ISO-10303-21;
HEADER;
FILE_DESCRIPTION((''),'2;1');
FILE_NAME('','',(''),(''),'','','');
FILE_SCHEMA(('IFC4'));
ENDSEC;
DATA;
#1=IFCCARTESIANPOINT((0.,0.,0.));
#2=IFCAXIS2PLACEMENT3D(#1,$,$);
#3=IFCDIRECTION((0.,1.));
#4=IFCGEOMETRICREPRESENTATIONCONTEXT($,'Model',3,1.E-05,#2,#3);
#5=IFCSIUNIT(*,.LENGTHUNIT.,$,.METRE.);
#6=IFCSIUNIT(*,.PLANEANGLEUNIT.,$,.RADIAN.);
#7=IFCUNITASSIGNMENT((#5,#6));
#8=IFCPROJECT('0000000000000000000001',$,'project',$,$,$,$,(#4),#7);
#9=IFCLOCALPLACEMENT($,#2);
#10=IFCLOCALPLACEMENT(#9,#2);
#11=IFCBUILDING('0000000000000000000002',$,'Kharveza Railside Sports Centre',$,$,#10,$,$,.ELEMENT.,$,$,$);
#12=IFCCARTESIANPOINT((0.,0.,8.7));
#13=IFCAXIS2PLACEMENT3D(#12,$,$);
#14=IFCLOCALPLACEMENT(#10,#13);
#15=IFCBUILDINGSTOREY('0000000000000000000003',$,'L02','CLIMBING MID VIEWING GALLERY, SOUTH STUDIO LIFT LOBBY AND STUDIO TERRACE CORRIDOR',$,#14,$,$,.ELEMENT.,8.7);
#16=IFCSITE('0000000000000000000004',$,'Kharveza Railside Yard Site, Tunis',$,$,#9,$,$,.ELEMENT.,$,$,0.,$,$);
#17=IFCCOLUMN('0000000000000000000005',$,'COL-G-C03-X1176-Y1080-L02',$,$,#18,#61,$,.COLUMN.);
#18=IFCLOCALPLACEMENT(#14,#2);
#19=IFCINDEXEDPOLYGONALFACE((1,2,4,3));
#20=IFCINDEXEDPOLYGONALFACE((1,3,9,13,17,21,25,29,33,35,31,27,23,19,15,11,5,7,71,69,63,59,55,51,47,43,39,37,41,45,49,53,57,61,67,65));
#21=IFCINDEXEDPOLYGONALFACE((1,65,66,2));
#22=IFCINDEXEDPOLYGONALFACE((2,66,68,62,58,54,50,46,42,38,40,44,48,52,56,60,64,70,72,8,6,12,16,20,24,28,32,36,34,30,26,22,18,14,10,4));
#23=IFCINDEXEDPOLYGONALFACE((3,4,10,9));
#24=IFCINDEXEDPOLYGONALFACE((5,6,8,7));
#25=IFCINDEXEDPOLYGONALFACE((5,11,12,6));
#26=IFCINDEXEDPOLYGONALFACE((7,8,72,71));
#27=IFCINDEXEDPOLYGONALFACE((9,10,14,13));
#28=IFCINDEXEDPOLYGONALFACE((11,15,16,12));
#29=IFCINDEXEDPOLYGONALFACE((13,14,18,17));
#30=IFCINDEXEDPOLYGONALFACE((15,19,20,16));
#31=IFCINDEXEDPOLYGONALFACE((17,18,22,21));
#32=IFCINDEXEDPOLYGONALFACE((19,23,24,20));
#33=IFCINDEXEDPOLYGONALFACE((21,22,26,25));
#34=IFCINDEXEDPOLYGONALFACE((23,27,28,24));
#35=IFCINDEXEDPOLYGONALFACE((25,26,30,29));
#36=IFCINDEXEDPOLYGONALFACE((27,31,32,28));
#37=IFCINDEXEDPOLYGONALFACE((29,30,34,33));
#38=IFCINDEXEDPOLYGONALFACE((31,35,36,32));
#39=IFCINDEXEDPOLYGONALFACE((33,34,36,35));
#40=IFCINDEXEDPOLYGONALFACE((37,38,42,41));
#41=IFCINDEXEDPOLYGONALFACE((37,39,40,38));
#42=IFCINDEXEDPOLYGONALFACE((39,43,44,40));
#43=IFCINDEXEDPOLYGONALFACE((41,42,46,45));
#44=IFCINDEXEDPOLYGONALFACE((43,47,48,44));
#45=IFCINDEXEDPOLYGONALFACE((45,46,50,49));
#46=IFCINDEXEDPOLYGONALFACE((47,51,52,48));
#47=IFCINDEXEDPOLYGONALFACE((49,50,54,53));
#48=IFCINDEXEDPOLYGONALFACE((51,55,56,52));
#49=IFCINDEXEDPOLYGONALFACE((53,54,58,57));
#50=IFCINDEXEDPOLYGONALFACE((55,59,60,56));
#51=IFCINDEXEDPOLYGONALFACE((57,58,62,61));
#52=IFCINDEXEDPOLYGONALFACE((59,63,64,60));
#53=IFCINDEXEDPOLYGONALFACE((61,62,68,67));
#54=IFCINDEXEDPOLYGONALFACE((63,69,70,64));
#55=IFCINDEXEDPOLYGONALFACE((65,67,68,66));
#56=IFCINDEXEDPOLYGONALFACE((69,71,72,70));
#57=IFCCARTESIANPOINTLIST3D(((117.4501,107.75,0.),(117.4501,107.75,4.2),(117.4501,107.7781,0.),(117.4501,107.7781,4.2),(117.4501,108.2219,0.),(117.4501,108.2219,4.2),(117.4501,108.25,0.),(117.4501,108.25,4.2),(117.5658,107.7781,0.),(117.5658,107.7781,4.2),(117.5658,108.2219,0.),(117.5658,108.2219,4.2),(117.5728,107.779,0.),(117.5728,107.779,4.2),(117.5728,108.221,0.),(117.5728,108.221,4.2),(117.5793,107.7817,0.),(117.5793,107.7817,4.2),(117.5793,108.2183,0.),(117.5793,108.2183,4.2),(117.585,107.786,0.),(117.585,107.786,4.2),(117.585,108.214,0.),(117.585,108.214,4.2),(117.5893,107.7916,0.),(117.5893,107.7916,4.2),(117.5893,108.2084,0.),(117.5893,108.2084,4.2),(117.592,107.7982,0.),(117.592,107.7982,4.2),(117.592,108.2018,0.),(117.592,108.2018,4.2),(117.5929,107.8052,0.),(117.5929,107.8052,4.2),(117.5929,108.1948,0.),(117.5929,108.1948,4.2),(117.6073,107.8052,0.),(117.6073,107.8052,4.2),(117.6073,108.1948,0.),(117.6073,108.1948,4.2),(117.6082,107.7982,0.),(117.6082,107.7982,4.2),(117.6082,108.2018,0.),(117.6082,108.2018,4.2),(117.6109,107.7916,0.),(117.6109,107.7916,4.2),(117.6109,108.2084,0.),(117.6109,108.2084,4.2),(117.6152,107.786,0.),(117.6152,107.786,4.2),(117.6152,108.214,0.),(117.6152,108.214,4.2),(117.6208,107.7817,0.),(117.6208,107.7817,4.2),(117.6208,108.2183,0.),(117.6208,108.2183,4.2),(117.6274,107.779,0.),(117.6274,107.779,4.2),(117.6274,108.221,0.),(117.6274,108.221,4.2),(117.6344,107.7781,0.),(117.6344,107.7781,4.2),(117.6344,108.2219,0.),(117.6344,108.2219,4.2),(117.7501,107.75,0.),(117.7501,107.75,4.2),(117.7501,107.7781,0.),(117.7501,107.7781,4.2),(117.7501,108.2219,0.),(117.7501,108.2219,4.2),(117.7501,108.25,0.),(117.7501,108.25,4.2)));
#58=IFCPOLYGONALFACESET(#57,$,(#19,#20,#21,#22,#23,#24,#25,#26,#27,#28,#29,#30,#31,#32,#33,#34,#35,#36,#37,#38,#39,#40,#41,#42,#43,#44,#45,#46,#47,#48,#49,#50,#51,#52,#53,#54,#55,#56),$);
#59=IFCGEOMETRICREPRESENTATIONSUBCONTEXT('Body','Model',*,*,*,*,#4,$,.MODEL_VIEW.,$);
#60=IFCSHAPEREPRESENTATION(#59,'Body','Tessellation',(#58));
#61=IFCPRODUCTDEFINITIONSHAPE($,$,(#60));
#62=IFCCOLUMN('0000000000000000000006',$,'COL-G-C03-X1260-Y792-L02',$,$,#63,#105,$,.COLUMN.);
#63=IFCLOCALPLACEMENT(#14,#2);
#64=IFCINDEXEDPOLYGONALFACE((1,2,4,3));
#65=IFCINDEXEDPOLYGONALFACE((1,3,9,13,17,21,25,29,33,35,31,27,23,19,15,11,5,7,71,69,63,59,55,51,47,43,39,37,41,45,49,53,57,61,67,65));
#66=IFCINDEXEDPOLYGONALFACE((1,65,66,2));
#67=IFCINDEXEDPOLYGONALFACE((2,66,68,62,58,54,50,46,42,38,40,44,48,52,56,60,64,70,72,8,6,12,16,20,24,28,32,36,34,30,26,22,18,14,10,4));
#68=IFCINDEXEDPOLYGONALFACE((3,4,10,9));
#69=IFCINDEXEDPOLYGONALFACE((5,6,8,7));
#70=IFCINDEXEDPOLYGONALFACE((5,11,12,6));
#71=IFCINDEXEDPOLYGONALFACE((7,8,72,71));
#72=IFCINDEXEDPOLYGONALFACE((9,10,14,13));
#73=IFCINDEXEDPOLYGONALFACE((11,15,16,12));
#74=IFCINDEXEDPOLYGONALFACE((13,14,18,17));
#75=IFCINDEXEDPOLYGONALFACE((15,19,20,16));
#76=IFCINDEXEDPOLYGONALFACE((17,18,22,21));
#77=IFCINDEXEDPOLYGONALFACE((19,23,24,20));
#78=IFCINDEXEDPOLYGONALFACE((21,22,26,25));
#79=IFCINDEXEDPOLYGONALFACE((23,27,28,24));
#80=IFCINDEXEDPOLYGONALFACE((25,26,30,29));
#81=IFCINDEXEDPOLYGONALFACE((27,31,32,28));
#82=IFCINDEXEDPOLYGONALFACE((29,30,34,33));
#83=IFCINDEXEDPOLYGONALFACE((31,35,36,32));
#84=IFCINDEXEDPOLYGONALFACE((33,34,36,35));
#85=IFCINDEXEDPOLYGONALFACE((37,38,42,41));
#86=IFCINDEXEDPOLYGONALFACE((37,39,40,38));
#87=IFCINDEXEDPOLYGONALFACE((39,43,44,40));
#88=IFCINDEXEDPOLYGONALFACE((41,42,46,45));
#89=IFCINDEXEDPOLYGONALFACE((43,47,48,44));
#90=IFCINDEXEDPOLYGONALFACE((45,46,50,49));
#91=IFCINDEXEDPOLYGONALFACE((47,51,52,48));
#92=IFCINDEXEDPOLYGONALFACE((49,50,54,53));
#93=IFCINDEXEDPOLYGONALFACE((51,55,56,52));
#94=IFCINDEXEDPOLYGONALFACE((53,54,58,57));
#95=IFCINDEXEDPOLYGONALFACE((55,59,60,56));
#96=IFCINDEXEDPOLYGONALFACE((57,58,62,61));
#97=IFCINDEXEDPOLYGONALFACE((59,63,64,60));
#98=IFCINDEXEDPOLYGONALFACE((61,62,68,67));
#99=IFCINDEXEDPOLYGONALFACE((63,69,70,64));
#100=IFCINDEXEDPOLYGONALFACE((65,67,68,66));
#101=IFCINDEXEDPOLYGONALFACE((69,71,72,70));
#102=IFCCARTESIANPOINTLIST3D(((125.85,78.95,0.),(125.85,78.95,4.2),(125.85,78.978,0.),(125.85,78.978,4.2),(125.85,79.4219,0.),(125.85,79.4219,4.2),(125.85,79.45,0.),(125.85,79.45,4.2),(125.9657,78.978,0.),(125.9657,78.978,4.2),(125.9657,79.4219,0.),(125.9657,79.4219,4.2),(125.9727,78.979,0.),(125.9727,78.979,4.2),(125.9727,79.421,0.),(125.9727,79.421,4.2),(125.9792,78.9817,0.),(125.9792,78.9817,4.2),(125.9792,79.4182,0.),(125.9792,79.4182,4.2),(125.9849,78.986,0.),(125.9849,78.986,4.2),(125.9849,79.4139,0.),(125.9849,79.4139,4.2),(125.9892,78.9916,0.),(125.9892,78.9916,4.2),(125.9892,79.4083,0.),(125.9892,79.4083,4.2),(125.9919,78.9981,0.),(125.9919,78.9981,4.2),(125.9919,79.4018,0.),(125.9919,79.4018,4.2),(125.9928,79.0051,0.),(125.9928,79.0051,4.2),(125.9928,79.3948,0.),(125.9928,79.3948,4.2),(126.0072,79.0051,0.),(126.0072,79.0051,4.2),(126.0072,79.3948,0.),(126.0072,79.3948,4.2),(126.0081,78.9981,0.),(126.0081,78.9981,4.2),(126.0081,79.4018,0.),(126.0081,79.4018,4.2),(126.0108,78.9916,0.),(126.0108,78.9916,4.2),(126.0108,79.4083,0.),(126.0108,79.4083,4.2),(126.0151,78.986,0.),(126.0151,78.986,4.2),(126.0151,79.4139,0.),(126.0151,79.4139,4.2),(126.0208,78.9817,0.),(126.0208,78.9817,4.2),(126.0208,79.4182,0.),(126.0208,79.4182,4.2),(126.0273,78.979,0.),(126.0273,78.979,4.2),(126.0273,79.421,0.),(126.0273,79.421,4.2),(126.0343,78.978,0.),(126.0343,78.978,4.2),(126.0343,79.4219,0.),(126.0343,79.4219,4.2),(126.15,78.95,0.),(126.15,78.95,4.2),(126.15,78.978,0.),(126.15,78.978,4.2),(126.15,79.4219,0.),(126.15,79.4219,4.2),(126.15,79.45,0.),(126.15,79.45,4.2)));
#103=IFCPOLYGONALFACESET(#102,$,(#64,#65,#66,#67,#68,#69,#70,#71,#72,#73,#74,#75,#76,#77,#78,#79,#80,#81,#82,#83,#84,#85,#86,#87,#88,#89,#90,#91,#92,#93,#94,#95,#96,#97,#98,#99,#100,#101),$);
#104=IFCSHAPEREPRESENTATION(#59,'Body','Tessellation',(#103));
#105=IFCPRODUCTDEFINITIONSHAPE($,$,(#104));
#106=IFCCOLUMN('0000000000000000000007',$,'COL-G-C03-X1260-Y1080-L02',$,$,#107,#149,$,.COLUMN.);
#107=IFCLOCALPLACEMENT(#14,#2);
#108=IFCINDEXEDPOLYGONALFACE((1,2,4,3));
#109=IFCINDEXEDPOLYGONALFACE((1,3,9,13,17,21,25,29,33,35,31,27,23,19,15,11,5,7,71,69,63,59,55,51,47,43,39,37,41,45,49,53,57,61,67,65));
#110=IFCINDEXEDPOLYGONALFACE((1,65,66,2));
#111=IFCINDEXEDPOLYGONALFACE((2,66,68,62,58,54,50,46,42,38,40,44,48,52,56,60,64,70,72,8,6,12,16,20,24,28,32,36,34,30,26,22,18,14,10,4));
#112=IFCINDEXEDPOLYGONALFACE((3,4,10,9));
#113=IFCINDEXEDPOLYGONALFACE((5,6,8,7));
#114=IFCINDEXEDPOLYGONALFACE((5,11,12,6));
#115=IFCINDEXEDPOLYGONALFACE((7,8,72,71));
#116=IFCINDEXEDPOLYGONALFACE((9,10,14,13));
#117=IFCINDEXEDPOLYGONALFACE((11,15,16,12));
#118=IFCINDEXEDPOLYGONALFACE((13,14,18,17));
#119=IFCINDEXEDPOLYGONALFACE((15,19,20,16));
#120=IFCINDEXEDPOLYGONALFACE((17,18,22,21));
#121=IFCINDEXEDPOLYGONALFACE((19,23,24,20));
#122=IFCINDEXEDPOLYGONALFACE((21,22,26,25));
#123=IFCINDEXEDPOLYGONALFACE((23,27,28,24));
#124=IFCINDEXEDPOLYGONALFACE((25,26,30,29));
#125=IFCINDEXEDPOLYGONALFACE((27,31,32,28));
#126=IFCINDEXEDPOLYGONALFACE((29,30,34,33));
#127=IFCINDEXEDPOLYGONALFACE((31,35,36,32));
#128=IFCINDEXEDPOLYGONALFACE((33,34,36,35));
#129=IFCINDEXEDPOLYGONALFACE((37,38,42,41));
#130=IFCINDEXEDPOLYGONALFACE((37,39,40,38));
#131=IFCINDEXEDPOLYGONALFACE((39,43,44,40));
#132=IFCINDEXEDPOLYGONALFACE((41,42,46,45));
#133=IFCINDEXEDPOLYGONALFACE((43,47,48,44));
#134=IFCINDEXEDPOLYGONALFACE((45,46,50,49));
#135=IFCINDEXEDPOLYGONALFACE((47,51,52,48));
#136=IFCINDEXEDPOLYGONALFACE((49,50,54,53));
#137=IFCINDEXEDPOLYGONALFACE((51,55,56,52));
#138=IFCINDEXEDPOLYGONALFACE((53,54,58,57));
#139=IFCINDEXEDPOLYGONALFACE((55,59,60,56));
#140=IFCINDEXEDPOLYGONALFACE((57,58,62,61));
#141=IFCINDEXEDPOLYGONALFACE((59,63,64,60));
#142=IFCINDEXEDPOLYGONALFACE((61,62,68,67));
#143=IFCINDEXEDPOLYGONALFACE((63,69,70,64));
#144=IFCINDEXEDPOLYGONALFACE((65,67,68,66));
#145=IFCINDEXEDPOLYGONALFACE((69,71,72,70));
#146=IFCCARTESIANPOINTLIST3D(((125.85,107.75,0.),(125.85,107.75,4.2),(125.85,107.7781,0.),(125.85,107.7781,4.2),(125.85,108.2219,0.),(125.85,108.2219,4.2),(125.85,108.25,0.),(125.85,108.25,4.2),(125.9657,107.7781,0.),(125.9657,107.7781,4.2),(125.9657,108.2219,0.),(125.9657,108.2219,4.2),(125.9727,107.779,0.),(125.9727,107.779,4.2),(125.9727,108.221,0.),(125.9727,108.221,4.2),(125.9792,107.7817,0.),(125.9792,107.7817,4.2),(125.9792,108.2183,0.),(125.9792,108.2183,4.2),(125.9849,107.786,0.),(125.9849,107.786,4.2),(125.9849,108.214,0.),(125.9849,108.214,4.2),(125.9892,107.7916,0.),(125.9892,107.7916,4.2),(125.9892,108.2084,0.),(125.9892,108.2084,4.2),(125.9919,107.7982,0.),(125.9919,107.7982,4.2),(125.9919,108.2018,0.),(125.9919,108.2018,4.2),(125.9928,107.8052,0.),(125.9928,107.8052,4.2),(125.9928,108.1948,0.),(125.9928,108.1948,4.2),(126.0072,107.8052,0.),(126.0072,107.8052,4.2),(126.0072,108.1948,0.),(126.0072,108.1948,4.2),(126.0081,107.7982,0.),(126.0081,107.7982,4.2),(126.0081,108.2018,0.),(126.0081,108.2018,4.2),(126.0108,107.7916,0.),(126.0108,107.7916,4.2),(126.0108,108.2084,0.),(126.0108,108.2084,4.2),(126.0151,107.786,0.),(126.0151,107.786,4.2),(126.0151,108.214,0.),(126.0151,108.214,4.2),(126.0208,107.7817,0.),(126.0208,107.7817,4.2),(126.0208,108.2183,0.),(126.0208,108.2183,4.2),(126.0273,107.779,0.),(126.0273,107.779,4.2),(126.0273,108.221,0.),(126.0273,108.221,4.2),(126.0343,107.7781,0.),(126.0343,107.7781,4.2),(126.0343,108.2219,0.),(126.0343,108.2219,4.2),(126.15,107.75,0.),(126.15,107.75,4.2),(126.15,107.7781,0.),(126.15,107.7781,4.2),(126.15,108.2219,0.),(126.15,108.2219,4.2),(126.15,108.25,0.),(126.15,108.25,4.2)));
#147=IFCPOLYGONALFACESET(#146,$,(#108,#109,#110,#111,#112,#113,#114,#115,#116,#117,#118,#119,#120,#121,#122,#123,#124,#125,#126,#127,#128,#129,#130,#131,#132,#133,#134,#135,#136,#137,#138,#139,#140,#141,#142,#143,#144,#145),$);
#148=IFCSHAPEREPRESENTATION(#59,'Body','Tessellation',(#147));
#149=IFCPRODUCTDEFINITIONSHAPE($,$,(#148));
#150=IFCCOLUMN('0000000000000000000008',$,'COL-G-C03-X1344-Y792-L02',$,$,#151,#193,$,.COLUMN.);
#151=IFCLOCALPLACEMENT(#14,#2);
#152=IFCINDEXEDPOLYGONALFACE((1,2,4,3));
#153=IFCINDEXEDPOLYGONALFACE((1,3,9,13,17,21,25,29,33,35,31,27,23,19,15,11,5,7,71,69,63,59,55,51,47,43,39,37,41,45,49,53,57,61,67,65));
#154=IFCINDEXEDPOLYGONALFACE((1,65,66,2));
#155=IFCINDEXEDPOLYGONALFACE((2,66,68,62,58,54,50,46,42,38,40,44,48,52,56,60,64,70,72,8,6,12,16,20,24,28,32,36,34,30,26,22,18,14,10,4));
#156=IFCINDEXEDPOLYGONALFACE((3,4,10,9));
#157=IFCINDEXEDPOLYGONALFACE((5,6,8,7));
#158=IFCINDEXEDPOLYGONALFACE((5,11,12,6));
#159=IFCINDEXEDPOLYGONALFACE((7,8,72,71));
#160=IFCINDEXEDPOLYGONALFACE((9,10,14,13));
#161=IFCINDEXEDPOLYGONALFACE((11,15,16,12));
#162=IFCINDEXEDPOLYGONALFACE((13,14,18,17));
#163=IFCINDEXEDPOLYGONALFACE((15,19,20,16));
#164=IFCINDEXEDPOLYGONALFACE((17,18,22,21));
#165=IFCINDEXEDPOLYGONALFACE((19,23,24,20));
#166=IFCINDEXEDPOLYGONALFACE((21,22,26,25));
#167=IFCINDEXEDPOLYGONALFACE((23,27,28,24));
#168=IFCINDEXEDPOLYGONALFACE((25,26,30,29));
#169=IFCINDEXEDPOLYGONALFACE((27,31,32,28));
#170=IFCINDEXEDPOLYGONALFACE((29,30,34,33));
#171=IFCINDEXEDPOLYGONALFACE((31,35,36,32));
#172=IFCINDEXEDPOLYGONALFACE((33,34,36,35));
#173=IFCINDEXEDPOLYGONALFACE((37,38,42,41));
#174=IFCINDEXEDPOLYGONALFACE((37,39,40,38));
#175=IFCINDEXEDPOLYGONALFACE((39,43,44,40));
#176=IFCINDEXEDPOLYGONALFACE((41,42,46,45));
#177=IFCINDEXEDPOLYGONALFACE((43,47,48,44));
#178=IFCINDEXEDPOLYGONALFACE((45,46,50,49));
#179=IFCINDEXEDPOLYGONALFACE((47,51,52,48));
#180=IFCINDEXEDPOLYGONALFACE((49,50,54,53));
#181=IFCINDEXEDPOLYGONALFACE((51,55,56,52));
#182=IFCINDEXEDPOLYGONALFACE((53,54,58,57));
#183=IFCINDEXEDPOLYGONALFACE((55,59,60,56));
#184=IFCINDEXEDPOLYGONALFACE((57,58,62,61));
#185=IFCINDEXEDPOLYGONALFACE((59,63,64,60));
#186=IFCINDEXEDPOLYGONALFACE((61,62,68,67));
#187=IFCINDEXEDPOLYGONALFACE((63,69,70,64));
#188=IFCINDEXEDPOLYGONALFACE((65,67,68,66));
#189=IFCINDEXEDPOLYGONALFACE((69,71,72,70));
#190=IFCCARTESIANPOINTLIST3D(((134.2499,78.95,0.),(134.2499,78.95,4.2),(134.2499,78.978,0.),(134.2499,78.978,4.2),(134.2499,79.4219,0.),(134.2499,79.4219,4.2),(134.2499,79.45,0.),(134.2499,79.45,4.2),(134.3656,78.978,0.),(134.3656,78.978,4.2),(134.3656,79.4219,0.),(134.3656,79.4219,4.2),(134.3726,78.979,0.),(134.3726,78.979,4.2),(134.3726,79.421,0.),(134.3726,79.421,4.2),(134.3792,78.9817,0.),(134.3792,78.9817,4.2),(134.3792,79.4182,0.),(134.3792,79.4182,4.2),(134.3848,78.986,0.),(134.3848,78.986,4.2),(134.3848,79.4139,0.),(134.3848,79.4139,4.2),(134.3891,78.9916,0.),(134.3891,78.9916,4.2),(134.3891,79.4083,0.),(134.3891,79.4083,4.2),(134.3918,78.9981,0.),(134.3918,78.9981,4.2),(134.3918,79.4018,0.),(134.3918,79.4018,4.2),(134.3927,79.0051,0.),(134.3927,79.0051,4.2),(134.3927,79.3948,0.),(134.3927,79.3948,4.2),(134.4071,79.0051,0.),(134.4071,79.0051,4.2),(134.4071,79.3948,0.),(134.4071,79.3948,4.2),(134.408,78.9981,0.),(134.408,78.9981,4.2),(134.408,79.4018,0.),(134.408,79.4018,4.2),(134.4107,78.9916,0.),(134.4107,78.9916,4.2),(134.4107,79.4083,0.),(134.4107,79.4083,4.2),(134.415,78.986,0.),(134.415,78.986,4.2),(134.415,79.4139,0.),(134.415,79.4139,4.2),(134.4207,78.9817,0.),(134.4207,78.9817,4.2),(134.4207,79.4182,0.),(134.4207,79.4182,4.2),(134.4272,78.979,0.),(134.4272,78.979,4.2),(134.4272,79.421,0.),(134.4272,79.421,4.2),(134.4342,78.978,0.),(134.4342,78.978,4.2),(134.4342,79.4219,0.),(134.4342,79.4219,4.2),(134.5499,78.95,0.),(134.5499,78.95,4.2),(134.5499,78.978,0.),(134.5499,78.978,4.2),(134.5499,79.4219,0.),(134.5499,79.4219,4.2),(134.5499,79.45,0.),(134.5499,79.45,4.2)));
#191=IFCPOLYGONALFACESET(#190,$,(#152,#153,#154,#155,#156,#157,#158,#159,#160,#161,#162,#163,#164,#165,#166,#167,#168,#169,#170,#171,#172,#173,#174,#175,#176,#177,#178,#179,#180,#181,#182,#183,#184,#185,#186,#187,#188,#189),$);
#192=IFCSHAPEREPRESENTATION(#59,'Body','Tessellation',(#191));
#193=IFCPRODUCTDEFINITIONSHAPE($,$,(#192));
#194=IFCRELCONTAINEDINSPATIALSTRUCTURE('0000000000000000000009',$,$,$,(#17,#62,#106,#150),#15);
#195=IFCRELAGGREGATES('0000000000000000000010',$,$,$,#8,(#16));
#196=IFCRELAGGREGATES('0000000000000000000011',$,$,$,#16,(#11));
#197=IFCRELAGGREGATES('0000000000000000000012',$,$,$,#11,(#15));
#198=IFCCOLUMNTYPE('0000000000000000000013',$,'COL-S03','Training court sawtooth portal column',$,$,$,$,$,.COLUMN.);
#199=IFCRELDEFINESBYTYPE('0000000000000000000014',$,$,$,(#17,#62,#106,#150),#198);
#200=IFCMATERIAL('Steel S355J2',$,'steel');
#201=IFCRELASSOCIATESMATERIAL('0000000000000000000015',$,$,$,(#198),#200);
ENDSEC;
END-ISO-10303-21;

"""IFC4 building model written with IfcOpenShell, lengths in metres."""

from ifc_helpers import new_model, si_unit, direction, frame, origin, origin_2d, place, context, subcontext, project, spatial, i_section, extrude, material, material_profile, profile_set, type_object, element, save


model = new_model("IFC4")

# Units and contexts
model_context = context("Model", 3, precision=1e-05, world=origin(), true_north=direction((0.0, 1.0)))
body_context = subcontext(model_context, "Body", "Model", "MODEL_VIEW")
ifc_project = project(units=[si_unit("LENGTHUNIT", "METRE"), si_unit("PLANEANGLEUNIT", "RADIAN")], contexts=[model_context])

# Site, building, storey
site_placement = place(None, origin())
site = spatial("IfcSite", under=ifc_project, at=site_placement, Name="Kharveza Railside Yard Site, Tunis", CompositionType="ELEMENT", RefElevation=0.0)
building_placement = place(site_placement, origin())
building = spatial("IfcBuilding", under=site, at=building_placement, Name="Kharveza Railside Sports Centre", CompositionType="ELEMENT")
storey_placement = place(building_placement, frame((0.0, 0.0, 8.7)))
storey = spatial("IfcBuildingStorey", under=building, at=storey_placement, Name="L02", Description="CLIMBING MID VIEWING GALLERY, SOUTH STUDIO LIFT LOBBY AND STUDIO TERRACE CORRIDOR", CompositionType="ELEMENT", Elevation=8.7)

# Columns
ifc_material_1 = material(Name="Steel S355J2", Category="steel")
ifc_material_profile_1 = material_profile(ifc_material_1, i_section(OverallWidth=0.3, OverallDepth=0.5, WebThickness=0.0144, FlangeThickness=0.0281, FilletRadius=0.0271, at=origin_2d()), Name="HEB 500")
ifc_profile_set_1 = profile_set([ifc_material_profile_1], Name="Steel S355J2")
column_type_1 = type_object("IfcColumnType", Name="COL-S03", Description="Training court sawtooth portal column", PredefinedType="COLUMN", material=ifc_profile_set_1)
for number, where, z_axis, x_axis, name in (
    (1, (117.6001, 108.0, 0.0), (0.0, 0.0, 1.0), (1.0, 0.0, 0.0), "COL-G-C03-X1176-Y1080-L02"),
    (2, (126.0, 79.2, 0.0), (0.0, 0.0, 1.0), (1.0, 0.0, 0.0), "COL-G-C03-X1260-Y792-L02"),
    (3, (126.0, 108.0, 0.0), (0.0, 0.0, 1.0), (1.0, 0.0, 0.0), "COL-G-C03-X1260-Y1080-L02"),
    (4, (134.3999, 79.2, 0.0), (0.0, 0.0, 1.0), (1.0, 0.0, 0.0), "COL-G-C03-X1344-Y792-L02"),
):
    element("IfcColumn", number, at=place(storey_placement, frame(where, z_axis=z_axis, x_axis=x_axis)), inside=storey, type_object=column_type_1, Name=name, PredefinedType="COLUMN", context=body_context, shape_type="SweptSolid", body=[
        extrude(i_section(OverallWidth=0.3, OverallDepth=0.5, WebThickness=0.0144, FlangeThickness=0.0281, FilletRadius=0.0271, at=origin_2d()), origin(), (0.0, 0.0, 1.0), 4.2),
    ])

save(model, "model.ifc")
